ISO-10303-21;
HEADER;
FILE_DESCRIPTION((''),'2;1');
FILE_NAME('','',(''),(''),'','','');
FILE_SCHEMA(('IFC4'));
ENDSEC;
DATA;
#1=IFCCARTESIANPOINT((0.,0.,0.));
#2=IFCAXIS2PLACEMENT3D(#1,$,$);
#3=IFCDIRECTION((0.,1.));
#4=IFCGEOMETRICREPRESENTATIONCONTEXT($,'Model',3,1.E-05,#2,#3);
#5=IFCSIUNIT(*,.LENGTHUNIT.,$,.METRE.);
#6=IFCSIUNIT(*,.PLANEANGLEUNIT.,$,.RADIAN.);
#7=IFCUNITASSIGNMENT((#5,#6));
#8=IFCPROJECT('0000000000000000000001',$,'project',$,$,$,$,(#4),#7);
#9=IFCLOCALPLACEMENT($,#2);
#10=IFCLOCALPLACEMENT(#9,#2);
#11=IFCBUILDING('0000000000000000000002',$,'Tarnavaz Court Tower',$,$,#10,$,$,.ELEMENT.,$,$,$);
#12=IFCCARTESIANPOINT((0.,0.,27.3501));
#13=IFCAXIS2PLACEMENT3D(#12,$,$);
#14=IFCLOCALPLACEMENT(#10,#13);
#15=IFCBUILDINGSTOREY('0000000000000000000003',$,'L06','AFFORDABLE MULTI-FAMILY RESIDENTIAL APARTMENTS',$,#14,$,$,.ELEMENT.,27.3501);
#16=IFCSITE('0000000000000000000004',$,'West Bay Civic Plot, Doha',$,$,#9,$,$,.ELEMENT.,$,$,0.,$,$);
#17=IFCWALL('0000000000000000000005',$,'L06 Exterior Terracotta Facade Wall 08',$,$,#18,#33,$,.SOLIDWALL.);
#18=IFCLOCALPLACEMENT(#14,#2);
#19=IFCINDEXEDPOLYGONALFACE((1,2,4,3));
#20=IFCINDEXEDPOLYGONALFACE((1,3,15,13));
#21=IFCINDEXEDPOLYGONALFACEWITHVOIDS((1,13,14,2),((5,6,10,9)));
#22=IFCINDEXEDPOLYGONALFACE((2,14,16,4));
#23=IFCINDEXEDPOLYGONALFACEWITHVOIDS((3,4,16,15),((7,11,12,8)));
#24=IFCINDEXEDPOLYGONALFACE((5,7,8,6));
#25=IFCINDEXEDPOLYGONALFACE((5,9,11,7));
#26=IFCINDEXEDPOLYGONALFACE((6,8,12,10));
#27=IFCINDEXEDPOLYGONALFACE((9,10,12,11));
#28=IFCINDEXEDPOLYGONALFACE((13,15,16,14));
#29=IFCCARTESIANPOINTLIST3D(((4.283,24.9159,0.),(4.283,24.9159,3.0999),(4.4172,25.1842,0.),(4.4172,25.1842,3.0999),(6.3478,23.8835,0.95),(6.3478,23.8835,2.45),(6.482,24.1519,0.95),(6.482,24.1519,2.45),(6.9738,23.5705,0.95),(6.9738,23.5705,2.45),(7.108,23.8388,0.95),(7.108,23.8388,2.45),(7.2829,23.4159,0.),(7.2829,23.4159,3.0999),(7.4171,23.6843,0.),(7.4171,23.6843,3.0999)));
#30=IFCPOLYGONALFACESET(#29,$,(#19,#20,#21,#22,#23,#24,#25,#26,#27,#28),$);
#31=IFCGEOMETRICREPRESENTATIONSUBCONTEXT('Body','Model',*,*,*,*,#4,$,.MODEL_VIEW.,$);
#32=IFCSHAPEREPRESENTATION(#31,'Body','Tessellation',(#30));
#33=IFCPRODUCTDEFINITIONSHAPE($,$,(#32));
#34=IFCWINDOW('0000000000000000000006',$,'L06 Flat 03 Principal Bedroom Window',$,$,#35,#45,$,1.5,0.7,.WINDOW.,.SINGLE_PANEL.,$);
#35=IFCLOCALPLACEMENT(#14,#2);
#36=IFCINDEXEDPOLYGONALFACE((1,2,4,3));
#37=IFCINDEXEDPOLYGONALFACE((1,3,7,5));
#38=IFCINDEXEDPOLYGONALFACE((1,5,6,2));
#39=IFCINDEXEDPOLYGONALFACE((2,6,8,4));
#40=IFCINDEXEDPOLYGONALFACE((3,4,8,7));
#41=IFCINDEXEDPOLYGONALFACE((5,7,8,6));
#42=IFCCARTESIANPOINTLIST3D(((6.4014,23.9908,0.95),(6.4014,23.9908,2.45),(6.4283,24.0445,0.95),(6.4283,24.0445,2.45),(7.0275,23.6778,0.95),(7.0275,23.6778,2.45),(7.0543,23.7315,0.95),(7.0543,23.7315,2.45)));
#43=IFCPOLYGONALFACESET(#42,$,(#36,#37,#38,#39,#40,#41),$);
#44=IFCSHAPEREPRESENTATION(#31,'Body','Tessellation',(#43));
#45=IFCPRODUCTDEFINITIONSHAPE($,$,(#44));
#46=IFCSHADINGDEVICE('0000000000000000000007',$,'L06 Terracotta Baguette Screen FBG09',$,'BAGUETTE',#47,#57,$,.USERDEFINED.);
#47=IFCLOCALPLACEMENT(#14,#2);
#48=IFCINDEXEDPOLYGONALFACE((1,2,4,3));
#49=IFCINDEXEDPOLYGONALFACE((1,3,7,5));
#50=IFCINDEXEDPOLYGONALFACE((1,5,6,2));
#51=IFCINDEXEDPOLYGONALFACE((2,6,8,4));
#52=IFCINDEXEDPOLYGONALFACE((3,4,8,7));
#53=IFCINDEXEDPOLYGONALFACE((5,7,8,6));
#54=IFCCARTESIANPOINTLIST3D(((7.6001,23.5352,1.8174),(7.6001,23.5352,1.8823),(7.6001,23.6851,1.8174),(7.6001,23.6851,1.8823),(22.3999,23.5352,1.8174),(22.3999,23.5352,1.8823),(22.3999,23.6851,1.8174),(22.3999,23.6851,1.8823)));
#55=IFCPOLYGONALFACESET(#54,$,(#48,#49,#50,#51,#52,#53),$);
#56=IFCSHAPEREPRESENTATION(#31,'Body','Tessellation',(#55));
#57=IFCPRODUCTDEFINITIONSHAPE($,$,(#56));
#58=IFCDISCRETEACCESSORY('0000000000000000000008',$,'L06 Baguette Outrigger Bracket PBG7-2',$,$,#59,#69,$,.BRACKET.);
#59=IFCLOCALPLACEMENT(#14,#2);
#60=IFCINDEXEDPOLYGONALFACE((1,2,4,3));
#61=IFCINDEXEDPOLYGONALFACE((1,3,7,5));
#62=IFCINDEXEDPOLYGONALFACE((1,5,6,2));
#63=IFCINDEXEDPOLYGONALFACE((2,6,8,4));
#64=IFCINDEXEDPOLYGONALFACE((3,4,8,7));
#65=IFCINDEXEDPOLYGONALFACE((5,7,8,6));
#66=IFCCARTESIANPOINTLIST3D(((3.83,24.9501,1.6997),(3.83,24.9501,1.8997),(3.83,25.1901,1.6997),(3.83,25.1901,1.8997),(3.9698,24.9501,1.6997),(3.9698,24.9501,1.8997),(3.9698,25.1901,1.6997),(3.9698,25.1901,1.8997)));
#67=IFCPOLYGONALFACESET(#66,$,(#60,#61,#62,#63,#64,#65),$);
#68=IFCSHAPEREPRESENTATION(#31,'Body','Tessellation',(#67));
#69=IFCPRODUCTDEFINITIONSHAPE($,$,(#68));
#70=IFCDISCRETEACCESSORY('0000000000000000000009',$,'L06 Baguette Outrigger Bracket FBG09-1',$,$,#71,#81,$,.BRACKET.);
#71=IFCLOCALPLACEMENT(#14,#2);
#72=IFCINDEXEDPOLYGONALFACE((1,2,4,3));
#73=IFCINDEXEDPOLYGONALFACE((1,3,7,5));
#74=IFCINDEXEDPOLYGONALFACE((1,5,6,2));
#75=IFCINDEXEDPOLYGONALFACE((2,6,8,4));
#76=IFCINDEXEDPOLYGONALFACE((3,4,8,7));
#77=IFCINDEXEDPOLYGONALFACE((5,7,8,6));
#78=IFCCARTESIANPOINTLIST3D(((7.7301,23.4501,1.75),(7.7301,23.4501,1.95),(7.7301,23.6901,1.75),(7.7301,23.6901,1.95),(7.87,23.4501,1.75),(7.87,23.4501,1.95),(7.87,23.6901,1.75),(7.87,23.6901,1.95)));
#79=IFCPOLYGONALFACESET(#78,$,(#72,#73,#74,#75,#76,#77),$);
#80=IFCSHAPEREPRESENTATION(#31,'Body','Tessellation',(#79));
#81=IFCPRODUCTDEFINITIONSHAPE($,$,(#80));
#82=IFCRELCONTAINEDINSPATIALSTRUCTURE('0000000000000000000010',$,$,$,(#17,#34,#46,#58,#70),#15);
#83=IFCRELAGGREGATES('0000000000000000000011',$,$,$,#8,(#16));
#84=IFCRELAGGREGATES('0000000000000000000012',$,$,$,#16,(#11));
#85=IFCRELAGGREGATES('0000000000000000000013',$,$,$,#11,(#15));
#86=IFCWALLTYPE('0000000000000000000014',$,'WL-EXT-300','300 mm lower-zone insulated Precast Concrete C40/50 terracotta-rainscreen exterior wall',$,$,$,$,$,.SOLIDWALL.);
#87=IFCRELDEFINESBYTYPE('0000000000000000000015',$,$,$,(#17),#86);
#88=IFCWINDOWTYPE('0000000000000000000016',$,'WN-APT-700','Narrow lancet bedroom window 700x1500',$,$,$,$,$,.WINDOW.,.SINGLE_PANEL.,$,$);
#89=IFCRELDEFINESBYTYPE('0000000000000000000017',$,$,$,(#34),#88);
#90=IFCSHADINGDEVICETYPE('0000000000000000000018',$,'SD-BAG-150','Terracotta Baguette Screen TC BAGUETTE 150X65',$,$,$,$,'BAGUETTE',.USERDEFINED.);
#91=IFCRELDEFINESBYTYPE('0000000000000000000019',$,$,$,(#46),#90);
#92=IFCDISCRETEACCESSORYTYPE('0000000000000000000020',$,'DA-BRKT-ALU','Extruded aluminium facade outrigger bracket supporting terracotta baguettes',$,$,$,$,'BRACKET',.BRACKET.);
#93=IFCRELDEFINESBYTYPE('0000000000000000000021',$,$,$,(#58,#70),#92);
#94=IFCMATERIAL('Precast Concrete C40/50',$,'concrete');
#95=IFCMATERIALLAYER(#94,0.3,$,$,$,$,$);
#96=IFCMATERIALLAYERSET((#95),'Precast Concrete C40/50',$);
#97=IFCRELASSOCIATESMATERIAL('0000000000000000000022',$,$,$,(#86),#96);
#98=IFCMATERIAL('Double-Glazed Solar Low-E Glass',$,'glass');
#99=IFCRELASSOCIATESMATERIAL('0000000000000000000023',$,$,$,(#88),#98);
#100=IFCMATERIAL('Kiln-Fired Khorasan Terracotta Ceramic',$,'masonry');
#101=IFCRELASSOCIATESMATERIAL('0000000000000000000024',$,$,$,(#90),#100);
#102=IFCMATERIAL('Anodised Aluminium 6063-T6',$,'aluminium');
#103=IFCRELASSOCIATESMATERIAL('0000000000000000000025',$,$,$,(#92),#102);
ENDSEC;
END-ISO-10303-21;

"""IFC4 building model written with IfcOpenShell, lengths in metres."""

from ifc_helpers import new_model, si_unit, direction, frame, frame_2d, origin, origin_2d, place, context, subcontext, project, spatial, rectangle, extrude, material, layer, layer_set, material_profile, profile_set, type_object, element, fill, save


model = new_model("IFC4")

# Units and contexts
model_context = context("Model", 3, precision=1e-05, world=origin(), true_north=direction((0.0, 1.0)))
body_context = subcontext(model_context, "Body", "Model", "MODEL_VIEW")
ifc_project = project(units=[si_unit("LENGTHUNIT", "METRE"), si_unit("PLANEANGLEUNIT", "RADIAN")], contexts=[model_context])

# Site, building, storey
site_placement = place(None, origin())
site = spatial("IfcSite", under=ifc_project, at=site_placement, Name="West Bay Civic Plot, Doha", CompositionType="ELEMENT", RefElevation=0.0)
building_placement = place(site_placement, origin())
building = spatial("IfcBuilding", under=site, at=building_placement, Name="Tarnavaz Court Tower", CompositionType="ELEMENT")
storey_placement = place(building_placement, frame((0.0, 0.0, 27.3501)))
storey = spatial("IfcBuildingStorey", under=building, at=storey_placement, Name="L06", Description="AFFORDABLE MULTI-FAMILY RESIDENTIAL APARTMENTS", CompositionType="ELEMENT", Elevation=27.3501)

# Shared definitions
ifc_material_1 = material(Name="Anodised Aluminium 6063-T6", Category="aluminium")
ifc_material_2 = material(Name="Double-Glazed Solar Low-E Glass", Category="glass")

# Wall, opening, window
ifc_material_3 = material(Name="Precast Concrete C40/50", Category="concrete")
ifc_layer_1 = layer(ifc_material_3, 0.3)
ifc_layer_set_1 = layer_set([ifc_layer_1], Name="Precast Concrete C40/50")
wall_type = type_object("IfcWallType", Name="WL-EXT-300", Description="300 mm lower-zone insulated Precast Concrete C40/50 terracotta-rainscreen exterior wall", PredefinedType="SOLIDWALL", material=ifc_layer_set_1)
wall_placement = place(storey_placement, frame((4.3501, 25.05, 0.0), z_axis=(0.0, 0.0, 1.0), x_axis=(0.894427, -0.447214, 0.0)))
wall = element("IfcWall", 1, at=wall_placement, inside=storey, type_object=wall_type, Name="L06 Exterior Terracotta Facade Wall 08", PredefinedType="SOLIDWALL", context=body_context, shape_type="SweptSolid", body=[
    extrude(rectangle(XDim=3.354, YDim=0.3, at=frame_2d((1.677, 0.0))), origin(), (0.0, 0.0, 1.0), 3.0999),
])
opening_placement = place(wall_placement, frame((2.3083, 0.0, 0.95)))
opening = element("IfcOpeningElement", 2, at=opening_placement, cuts=wall, PredefinedType="OPENING", context=body_context, shape_type="SweptSolid", body=[
    extrude(rectangle(XDim=0.7, YDim=1.5, at=frame_2d((0.3501, 0.75))), frame((0.0, 0.1599, 0.0), z_axis=(0.0, -1.0, 0.0), x_axis=(1.0, 0.0, 0.0)), (0.0, 0.0, 1.0), 0.3201),
])
window_type = type_object("IfcWindowType", Name="WN-APT-700", Description="Narrow lancet bedroom window 700x1500", PartitioningType="SINGLE_PANEL", PredefinedType="WINDOW", material=ifc_material_2)
window_placement = place(opening_placement, origin())
window = element("IfcWindow", 3, at=window_placement, inside=storey, type_object=window_type, Name="L06 Flat 03 Principal Bedroom Window", OverallHeight=1.5, OverallWidth=0.7, PartitioningType="SINGLE_PANEL", PredefinedType="WINDOW", context=body_context, shape_type="SweptSolid", body=[
    extrude(rectangle(XDim=0.7, YDim=1.5, at=frame_2d((0.3501, 0.75))), frame((0.0, 0.03, 0.0), z_axis=(0.0, -1.0, 0.0), x_axis=(1.0, 0.0, 0.0)), (0.0, 0.0, 1.0), 0.0601),
])
fill(opening, window)

# Shading device
ifc_material_4 = material(Name="Kiln-Fired Khorasan Terracotta Ceramic", Category="masonry")
ifc_material_profile_1 = material_profile(ifc_material_4, rectangle(XDim=0.1499, YDim=0.0649, at=origin_2d()), Name="TC BAGUETTE 150X65")
ifc_profile_set_1 = profile_set([ifc_material_profile_1], Name="Kiln-Fired Khorasan Terracotta Ceramic")
shading_device_type = type_object("IfcShadingDeviceType", Name="SD-BAG-150", Description="Terracotta Baguette Screen TC BAGUETTE 150X65", ElementType="BAGUETTE", PredefinedType="USERDEFINED", material=ifc_profile_set_1)
shading_device_placement = place(storey_placement, frame((7.6001, 23.6101, 1.8499), z_axis=(1.0, 0.0, 0.0), x_axis=(0.0, 1.0, 0.0)))
element("IfcShadingDevice", 4, at=shading_device_placement, inside=storey, type_object=shading_device_type, Name="L06 Terracotta Baguette Screen FBG09", ObjectType="BAGUETTE", PredefinedType="USERDEFINED", context=body_context, shape_type="SweptSolid", body=[
    extrude(rectangle(XDim=0.1499, YDim=0.0649, at=origin_2d()), origin(), (0.0, 0.0, 1.0), 14.7998),
])

# Discrete accessories
discrete_accessory_type = type_object("IfcDiscreteAccessoryType", Name="DA-BRKT-ALU", Description="Extruded aluminium facade outrigger bracket supporting terracotta baguettes", ElementType="BRACKET", PredefinedType="BRACKET", material=ifc_material_1)
for number, where, z_axis, x_axis, name in (
    (5, (3.8999, 25.0701, 1.6997), (0.0, 0.0, 1.0), (1.0, 0.0, 0.0), "L06 Baguette Outrigger Bracket PBG7-2"),
    (6, (7.8, 23.5701, 1.75), (0.0, 0.0, 1.0), (1.0, 0.0, 0.0), "L06 Baguette Outrigger Bracket FBG09-1"),
):
    element("IfcDiscreteAccessory", number, at=place(storey_placement, frame(where, z_axis=z_axis, x_axis=x_axis)), inside=storey, type_object=discrete_accessory_type, Name=name, PredefinedType="BRACKET", context=body_context, shape_type="SweptSolid", body=[
        extrude(rectangle(XDim=0.1399, YDim=0.24, at=origin_2d()), origin(), (0.0, 0.0, 1.0), 0.2),
    ])

save(model, "model.ifc")
